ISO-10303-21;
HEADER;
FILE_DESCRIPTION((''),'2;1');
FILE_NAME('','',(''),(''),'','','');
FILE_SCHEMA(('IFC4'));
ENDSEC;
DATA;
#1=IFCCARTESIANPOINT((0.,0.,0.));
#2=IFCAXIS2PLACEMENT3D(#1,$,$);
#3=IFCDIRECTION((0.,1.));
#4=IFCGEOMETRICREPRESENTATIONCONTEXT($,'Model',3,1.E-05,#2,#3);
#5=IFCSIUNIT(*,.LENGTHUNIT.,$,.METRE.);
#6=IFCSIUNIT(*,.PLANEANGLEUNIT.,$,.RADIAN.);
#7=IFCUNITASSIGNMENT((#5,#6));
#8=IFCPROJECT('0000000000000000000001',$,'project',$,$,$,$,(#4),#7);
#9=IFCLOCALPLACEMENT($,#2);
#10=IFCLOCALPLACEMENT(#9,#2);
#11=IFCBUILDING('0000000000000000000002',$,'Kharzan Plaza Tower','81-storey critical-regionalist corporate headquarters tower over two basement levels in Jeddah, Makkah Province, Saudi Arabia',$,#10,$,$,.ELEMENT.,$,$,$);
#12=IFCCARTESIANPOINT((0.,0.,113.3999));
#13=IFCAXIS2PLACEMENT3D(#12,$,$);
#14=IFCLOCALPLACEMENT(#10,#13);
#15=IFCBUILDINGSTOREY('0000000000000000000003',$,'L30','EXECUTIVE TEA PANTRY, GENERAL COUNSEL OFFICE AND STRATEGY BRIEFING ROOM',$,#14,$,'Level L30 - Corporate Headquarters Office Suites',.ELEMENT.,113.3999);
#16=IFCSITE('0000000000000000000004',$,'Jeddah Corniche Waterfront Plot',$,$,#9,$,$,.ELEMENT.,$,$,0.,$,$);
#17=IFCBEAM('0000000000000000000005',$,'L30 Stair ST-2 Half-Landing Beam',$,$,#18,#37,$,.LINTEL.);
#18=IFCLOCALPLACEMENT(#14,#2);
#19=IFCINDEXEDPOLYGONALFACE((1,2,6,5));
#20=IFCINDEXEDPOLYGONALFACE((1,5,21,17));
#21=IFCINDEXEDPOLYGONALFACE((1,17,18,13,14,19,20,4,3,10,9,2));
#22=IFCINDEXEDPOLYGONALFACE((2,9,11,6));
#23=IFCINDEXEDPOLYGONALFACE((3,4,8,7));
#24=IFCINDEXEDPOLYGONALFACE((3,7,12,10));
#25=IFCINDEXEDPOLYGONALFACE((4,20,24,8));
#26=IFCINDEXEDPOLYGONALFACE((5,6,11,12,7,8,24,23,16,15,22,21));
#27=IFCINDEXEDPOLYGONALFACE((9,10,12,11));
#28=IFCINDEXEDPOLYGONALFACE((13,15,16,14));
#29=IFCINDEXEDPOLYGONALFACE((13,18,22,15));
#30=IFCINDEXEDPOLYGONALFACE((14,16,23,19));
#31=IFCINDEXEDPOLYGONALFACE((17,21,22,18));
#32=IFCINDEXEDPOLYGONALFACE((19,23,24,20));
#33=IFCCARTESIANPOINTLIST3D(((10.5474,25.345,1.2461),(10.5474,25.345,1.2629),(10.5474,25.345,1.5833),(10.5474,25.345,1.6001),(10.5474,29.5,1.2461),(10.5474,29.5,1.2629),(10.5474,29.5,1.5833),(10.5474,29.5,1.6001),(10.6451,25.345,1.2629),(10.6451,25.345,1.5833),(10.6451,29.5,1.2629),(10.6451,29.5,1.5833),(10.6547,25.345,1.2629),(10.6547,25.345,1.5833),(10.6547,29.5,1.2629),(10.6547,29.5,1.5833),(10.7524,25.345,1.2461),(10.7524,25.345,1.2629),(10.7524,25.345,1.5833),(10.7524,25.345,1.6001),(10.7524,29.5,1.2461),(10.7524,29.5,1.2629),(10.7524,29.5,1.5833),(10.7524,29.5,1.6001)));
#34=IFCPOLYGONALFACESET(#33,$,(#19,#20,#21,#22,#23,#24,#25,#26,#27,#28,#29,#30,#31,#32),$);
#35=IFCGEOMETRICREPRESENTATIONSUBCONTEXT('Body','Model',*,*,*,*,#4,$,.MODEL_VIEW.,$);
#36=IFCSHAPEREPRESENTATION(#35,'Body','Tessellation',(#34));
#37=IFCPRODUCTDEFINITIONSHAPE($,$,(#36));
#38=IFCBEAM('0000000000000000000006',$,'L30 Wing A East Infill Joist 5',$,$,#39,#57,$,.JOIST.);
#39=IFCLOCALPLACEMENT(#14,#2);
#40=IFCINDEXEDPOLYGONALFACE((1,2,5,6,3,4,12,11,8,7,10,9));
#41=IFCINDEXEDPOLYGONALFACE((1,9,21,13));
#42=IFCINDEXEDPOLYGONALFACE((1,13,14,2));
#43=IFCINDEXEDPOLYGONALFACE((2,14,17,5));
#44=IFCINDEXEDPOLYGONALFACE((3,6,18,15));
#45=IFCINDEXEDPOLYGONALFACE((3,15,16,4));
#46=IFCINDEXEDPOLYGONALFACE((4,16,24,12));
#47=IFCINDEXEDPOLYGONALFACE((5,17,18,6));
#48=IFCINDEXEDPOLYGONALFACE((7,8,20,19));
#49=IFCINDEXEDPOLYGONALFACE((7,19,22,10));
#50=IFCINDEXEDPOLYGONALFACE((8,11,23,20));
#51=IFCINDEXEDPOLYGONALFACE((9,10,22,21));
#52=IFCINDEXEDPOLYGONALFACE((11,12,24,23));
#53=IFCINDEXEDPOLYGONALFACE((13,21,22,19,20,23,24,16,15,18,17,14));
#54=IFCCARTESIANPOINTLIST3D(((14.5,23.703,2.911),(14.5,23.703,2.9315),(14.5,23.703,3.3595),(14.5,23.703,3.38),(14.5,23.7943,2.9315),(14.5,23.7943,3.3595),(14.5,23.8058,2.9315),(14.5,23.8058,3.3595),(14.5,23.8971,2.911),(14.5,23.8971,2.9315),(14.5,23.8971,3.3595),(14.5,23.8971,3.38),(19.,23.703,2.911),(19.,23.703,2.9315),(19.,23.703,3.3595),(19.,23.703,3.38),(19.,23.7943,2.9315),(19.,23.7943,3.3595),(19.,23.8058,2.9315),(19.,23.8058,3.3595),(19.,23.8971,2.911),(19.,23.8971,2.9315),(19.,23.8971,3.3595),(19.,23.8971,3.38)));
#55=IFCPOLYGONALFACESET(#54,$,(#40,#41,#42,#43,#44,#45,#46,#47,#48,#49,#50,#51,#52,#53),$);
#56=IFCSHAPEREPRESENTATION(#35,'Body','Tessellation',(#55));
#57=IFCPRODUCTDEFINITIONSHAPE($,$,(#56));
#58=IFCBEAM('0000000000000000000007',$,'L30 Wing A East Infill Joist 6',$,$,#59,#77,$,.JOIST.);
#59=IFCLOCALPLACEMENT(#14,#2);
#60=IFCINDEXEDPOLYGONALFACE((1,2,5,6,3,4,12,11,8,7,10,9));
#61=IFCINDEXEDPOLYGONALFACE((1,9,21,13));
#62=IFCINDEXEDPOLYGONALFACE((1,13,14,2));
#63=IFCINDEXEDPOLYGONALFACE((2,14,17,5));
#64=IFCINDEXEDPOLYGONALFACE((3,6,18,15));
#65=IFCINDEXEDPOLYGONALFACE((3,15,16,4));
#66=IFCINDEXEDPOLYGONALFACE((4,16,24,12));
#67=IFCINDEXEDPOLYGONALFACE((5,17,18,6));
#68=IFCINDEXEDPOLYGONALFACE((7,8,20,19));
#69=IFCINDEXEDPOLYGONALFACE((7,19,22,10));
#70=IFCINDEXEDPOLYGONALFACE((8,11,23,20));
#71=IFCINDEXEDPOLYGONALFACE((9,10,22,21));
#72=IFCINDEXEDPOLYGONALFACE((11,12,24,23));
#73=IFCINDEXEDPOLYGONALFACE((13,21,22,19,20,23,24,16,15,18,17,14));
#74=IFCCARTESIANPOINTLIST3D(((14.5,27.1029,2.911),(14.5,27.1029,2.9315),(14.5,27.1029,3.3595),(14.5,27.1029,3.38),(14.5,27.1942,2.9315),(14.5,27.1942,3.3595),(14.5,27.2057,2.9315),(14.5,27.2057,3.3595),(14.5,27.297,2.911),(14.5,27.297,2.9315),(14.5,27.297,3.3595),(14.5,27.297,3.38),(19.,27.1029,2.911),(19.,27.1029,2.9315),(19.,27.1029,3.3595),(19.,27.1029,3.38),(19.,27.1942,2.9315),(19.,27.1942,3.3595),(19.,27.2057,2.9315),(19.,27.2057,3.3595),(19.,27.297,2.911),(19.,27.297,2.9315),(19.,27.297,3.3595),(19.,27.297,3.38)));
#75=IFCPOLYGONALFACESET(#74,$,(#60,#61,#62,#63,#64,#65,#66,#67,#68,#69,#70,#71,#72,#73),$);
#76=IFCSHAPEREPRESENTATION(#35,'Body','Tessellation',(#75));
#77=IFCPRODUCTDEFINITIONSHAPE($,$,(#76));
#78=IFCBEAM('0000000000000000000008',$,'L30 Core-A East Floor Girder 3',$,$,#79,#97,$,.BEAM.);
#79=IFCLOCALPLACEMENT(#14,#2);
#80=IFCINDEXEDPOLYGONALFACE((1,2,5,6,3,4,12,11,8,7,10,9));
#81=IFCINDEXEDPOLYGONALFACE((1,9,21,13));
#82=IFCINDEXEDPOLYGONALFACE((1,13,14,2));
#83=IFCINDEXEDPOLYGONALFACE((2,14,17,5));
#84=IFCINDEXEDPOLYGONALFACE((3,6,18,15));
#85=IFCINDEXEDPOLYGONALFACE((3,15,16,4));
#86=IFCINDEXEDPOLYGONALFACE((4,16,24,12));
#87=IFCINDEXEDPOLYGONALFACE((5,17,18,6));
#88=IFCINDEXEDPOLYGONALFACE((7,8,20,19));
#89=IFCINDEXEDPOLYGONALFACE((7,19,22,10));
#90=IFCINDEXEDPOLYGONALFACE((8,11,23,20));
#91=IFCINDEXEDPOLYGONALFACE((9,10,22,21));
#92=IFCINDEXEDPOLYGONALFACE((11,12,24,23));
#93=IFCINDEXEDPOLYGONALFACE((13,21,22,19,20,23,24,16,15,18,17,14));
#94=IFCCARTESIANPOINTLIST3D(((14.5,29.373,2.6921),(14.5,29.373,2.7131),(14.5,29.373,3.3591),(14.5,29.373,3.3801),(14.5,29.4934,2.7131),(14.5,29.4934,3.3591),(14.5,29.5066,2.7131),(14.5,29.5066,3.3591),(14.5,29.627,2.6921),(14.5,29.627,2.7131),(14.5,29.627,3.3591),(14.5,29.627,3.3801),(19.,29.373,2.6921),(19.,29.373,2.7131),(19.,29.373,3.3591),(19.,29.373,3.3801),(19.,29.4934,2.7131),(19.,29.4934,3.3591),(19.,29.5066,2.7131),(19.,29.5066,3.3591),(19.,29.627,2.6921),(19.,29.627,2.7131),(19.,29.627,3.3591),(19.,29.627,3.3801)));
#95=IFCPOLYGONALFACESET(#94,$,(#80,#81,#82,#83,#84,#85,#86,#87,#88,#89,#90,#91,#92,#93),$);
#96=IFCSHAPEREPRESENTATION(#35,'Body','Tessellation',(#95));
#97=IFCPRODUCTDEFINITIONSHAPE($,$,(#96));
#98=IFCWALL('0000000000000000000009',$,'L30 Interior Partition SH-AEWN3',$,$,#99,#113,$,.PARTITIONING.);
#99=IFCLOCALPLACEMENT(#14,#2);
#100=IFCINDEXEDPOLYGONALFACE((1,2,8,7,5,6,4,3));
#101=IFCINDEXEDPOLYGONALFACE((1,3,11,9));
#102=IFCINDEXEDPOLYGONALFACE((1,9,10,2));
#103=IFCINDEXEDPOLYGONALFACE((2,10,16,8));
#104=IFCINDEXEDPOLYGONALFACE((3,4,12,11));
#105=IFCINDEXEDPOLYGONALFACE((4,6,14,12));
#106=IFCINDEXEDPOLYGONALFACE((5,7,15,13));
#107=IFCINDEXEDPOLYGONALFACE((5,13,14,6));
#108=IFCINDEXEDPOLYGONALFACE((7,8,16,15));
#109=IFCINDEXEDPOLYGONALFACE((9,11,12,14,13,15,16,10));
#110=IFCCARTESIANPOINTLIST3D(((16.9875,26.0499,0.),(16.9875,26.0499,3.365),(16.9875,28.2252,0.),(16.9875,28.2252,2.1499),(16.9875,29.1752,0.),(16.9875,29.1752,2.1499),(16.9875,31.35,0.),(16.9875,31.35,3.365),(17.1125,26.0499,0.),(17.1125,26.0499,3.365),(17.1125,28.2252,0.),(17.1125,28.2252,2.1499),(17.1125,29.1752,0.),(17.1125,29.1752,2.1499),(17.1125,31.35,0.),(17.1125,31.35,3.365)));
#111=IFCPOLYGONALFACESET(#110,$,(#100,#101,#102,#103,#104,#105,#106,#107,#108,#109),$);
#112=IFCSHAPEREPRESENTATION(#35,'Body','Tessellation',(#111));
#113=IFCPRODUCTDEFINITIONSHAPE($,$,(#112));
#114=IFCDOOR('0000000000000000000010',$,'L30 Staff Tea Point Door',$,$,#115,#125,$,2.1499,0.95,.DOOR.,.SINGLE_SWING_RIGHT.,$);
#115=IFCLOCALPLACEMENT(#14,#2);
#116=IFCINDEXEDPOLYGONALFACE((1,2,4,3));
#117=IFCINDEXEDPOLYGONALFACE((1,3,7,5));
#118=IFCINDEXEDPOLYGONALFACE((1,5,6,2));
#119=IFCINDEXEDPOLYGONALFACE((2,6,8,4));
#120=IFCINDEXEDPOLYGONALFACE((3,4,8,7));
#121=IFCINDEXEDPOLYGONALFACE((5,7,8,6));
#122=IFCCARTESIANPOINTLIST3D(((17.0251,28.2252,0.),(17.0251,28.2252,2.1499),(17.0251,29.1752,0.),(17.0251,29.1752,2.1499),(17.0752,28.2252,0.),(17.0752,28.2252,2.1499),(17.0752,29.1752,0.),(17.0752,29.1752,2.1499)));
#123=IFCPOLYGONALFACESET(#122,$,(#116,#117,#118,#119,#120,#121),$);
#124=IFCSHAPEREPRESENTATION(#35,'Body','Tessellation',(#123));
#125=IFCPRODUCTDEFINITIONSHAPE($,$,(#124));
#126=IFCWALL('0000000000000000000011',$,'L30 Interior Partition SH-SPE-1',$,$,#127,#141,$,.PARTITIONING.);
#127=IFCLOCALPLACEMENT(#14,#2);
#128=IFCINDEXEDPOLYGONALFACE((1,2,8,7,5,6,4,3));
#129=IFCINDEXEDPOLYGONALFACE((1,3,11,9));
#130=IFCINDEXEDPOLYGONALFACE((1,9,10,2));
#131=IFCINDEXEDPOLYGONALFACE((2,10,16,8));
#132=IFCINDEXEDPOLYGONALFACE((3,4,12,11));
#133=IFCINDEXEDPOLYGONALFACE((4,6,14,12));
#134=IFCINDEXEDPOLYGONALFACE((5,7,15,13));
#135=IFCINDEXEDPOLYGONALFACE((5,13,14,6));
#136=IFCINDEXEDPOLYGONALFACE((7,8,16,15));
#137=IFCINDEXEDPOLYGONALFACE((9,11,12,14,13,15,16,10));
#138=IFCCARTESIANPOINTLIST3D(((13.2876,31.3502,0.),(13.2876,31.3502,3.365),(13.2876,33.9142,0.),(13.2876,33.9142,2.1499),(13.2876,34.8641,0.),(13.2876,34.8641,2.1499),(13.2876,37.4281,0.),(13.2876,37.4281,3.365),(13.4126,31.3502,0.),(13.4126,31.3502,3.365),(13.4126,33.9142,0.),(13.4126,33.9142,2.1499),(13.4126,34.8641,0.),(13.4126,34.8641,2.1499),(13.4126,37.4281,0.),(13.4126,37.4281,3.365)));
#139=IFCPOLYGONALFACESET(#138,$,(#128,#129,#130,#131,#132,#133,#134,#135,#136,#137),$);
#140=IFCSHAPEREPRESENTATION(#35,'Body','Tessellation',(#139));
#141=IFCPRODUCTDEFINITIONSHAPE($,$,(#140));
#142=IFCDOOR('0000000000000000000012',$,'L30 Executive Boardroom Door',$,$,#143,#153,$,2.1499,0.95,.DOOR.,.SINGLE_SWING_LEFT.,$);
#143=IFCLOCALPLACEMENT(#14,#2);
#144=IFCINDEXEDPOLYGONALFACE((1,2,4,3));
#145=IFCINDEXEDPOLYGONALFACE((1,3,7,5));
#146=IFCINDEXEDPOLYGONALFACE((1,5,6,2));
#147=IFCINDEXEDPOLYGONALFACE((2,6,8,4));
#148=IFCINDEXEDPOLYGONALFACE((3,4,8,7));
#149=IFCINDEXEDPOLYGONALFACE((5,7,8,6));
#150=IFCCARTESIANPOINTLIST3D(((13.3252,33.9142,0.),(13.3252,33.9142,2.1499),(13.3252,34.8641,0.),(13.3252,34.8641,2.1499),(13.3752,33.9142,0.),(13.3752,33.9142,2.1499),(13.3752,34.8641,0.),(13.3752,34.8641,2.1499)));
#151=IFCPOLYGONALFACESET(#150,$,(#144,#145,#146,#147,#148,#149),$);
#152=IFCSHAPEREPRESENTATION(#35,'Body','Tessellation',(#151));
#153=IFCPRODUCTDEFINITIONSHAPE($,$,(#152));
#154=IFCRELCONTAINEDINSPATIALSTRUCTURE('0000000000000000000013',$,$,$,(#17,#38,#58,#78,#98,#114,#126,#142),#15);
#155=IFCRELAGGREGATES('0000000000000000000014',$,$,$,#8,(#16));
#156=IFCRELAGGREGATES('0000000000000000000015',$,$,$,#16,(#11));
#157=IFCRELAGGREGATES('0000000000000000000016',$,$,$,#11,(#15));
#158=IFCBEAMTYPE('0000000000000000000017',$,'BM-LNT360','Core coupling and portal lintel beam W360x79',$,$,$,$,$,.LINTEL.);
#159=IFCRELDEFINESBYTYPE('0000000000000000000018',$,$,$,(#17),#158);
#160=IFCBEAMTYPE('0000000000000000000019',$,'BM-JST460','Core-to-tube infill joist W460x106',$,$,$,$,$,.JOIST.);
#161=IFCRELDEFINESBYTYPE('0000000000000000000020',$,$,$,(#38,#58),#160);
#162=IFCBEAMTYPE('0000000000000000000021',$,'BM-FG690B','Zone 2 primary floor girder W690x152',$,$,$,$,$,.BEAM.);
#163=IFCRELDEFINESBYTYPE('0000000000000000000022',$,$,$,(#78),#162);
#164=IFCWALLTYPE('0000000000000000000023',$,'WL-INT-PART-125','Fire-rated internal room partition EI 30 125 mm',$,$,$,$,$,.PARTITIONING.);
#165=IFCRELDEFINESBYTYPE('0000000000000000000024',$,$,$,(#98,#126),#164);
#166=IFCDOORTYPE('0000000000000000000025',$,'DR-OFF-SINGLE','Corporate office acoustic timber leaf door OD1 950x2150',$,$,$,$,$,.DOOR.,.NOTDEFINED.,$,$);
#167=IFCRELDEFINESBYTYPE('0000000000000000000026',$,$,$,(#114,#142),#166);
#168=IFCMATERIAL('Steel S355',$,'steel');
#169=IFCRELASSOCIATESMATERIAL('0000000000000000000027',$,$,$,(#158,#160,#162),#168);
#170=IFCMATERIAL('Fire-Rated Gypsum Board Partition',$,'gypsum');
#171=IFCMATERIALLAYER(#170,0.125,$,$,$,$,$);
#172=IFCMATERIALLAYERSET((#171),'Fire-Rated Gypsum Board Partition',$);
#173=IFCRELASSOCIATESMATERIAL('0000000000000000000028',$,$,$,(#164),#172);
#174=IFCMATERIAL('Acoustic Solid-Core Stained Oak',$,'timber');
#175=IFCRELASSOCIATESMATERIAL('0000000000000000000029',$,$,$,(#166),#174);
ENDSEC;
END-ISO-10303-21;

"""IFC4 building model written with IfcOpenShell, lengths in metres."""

from ifc_helpers import new_model, si_unit, direction, frame, frame_2d, origin, origin_2d, place, context, subcontext, project, spatial, rectangle, i_section, extrude, source, transform, mapped, material, layer, layer_set, material_profile, profile_set, type_object, element, fill, save


model = new_model("IFC4")

# Units and contexts
model_context = context("Model", 3, precision=1e-05, world=origin(), true_north=direction((0.0, 1.0)))
body_context = subcontext(model_context, "Body", "Model", "MODEL_VIEW")
ifc_project = project(units=[si_unit("LENGTHUNIT", "METRE"), si_unit("PLANEANGLEUNIT", "RADIAN")], contexts=[model_context])

# Site, building, storey
site_placement = place(None, origin())
site = spatial("IfcSite", under=ifc_project, at=site_placement, Name="Jeddah Corniche Waterfront Plot", CompositionType="ELEMENT", RefElevation=0.0)
building_placement = place(site_placement, origin())
building = spatial("IfcBuilding", under=site, at=building_placement, Name="Kharzan Plaza Tower", Description="81-storey critical-regionalist corporate headquarters tower over two basement levels in Jeddah, Makkah Province, Saudi Arabia", CompositionType="ELEMENT")
storey_placement = place(building_placement, frame((0.0, 0.0, 113.3999)))
storey = spatial("IfcBuildingStorey", under=building, at=storey_placement, Name="L30", Description="EXECUTIVE TEA PANTRY, GENERAL COUNSEL OFFICE AND STRATEGY BRIEFING ROOM", LongName="Level L30 - Corporate Headquarters Office Suites", CompositionType="ELEMENT", Elevation=113.3999)

# Beams
ifc_material_1 = material(Name="Steel S355", Category="steel")
ifc_material_profile_1 = material_profile(ifc_material_1, i_section(OverallWidth=0.2051, OverallDepth=0.354, WebThickness=0.0095, FlangeThickness=0.0168, at=origin_2d()), Name="W360x79")
ifc_profile_set_1 = profile_set([ifc_material_profile_1], Name="Steel S355")
beam_type_1 = type_object("IfcBeamType", Name="BM-LNT360", Description="Core coupling and portal lintel beam W360x79", PredefinedType="LINTEL", material=ifc_profile_set_1)
shared_shape_1 = source(origin(), body_context, "Body", "SweptSolid", [
    extrude(i_section(OverallWidth=0.2051, OverallDepth=0.354, WebThickness=0.0095, FlangeThickness=0.0168, at=origin_2d()), origin(), (0.0, 0.0, 1.0), 4.155),
])
beam_1_placement = place(storey_placement, frame((10.6499, 25.345, 1.4231), z_axis=(0.0, 1.0, 0.0), x_axis=(-1.0, 0.0, 0.0)))
element("IfcBeam", 1, at=beam_1_placement, inside=storey, type_object=beam_type_1, Name="L30 Stair ST-2 Half-Landing Beam", PredefinedType="LINTEL", context=body_context, shape_type="MappedRepresentation", body=[
    mapped(shared_shape_1, transform((0.0, 0.0, 0.0), x_axis=(1.0, 0.0, 0.0), y_axis=(0.0, 1.0, 0.0), z_axis=(0.0, 0.0, 1.0))),
])
ifc_material_profile_2 = material_profile(ifc_material_1, i_section(OverallWidth=0.1941, OverallDepth=0.469, WebThickness=0.0115, FlangeThickness=0.0205, at=origin_2d()), Name="W460x106")
ifc_profile_set_2 = profile_set([ifc_material_profile_2], Name="Steel S355")
beam_type_2 = type_object("IfcBeamType", Name="BM-JST460", Description="Core-to-tube infill joist W460x106", PredefinedType="JOIST", material=ifc_profile_set_2)
shared_shape_2 = source(origin(), body_context, "Body", "SweptSolid", [
    extrude(i_section(OverallWidth=0.1941, OverallDepth=0.469, WebThickness=0.0115, FlangeThickness=0.0205, at=origin_2d()), origin(), (0.0, 0.0, 1.0), 4.5),
])
for number, where, z_axis, x_axis, name in (
    (2, (14.5, 23.8, 3.1455), (1.0, 0.0, 0.0), (0.0, 1.0, 0.0), "L30 Wing A East Infill Joist 5"),
    (3, (14.5, 27.2, 3.1455), (1.0, 0.0, 0.0), (0.0, 1.0, 0.0), "L30 Wing A East Infill Joist 6"),
):
    element("IfcBeam", number, at=place(storey_placement, frame(where, z_axis=z_axis, x_axis=x_axis)), inside=storey, type_object=beam_type_2, Name=name, PredefinedType="JOIST", context=body_context, shape_type="MappedRepresentation", body=[
        mapped(shared_shape_2, transform((0.0, 0.0, 0.0), x_axis=(1.0, 0.0, 0.0), y_axis=(0.0, 1.0, 0.0), z_axis=(0.0, 0.0, 1.0))),
    ])
ifc_material_profile_3 = material_profile(ifc_material_1, i_section(OverallWidth=0.2539, OverallDepth=0.688, WebThickness=0.0132, FlangeThickness=0.021, at=origin_2d()), Name="W690x152")
ifc_profile_set_3 = profile_set([ifc_material_profile_3], Name="Steel S355")
beam_type_3 = type_object("IfcBeamType", Name="BM-FG690B", Description="Zone 2 primary floor girder W690x152", PredefinedType="BEAM", material=ifc_profile_set_3)
shared_shape_3 = source(origin(), body_context, "Body", "SweptSolid", [
    extrude(i_section(OverallWidth=0.2539, OverallDepth=0.688, WebThickness=0.0132, FlangeThickness=0.021, at=origin_2d()), origin(), (0.0, 0.0, 1.0), 4.5),
])
beam_2_placement = place(storey_placement, frame((14.5, 29.5, 3.0361), z_axis=(1.0, 0.0, 0.0), x_axis=(0.0, 1.0, 0.0)))
element("IfcBeam", 4, at=beam_2_placement, inside=storey, type_object=beam_type_3, Name="L30 Core-A East Floor Girder 3", PredefinedType="BEAM", context=body_context, shape_type="MappedRepresentation", body=[
    mapped(shared_shape_3, transform((0.0, 0.0, 0.0), x_axis=(1.0, 0.0, 0.0), y_axis=(0.0, 1.0, 0.0), z_axis=(0.0, 0.0, 1.0))),
])

# Walls, openings, doors
ifc_material_2 = material(Name="Fire-Rated Gypsum Board Partition", Category="gypsum")
ifc_layer_1 = layer(ifc_material_2, 0.125)
ifc_layer_set_1 = layer_set([ifc_layer_1], Name="Fire-Rated Gypsum Board Partition")
wall_type_1 = type_object("IfcWallType", Name="WL-INT-PART-125", Description="Fire-rated internal room partition EI 30 125 mm", PredefinedType="PARTITIONING", material=ifc_layer_set_1)
wall_1_placement = place(storey_placement, frame((17.05, 26.05, 0.0), z_axis=(0.0, 0.0, 1.0), x_axis=(0.0, 1.0, 0.0)))
wall_1 = element("IfcWall", 5, at=wall_1_placement, inside=storey, type_object=wall_type_1, Name="L30 Interior Partition SH-AEWN3", PredefinedType="PARTITIONING", context=body_context, shape_type="SweptSolid", body=[
    extrude(rectangle(XDim=5.3, YDim=0.125, at=frame_2d((2.6499, 0.0))), origin(), (0.0, 0.0, 1.0), 3.365),
])
opening_1_placement = place(wall_1_placement, frame((2.175, 0.0, 0.0)))
opening_1 = element("IfcOpeningElement", 6, at=opening_1_placement, cuts=wall_1, PredefinedType="OPENING", context=body_context, shape_type="SweptSolid", body=[
    extrude(rectangle(XDim=0.95, YDim=2.1499, at=frame_2d((0.4751, 1.075))), frame((0.0, 0.0725, 0.0), z_axis=(0.0, -1.0, 0.0), x_axis=(1.0, 0.0, 0.0)), (0.0, 0.0, 1.0), 0.145),
])
ifc_material_3 = material(Name="Acoustic Solid-Core Stained Oak", Category="timber")
door_type_1 = type_object("IfcDoorType", Name="DR-OFF-SINGLE", Description="Corporate office acoustic timber leaf door OD1 950x2150", OperationType="NOTDEFINED", PredefinedType="DOOR", material=ifc_material_3)
shared_shape_4 = source(origin(), body_context, "Body", "SweptSolid", [
    extrude(rectangle(XDim=0.95, YDim=2.1499, at=frame_2d((0.4751, 1.075))), frame((0.0, 0.0249, 0.0), z_axis=(0.0, -1.0, 0.0), x_axis=(1.0, 0.0, 0.0)), (0.0, 0.0, 1.0), 0.05),
])
door_1_placement = place(opening_1_placement, origin())
door_1 = element("IfcDoor", 7, at=door_1_placement, inside=storey, type_object=door_type_1, Name="L30 Staff Tea Point Door", OperationType="SINGLE_SWING_RIGHT", OverallHeight=2.1499, OverallWidth=0.95, PredefinedType="DOOR", context=body_context, shape_type="MappedRepresentation", body=[
    mapped(shared_shape_4, transform((0.0, 0.0, 0.0), x_axis=(1.0, 0.0, 0.0), y_axis=(0.0, 1.0, 0.0), z_axis=(0.0, 0.0, 1.0))),
])
fill(opening_1, door_1)
wall_2_placement = place(storey_placement, frame((13.3501, 31.3501, 0.0), z_axis=(0.0, 0.0, 1.0), x_axis=(0.0, 1.0, 0.0)))
wall_2 = element("IfcWall", 8, at=wall_2_placement, inside=storey, type_object=wall_type_1, Name="L30 Interior Partition SH-SPE-1", PredefinedType="PARTITIONING", context=body_context, shape_type="SweptSolid", body=[
    extrude(rectangle(XDim=6.0779, YDim=0.125, at=frame_2d((3.0391, 0.0))), origin(), (0.0, 0.0, 1.0), 3.365),
])
opening_2_placement = place(wall_2_placement, frame((2.564, 0.0, 0.0)))
opening_2 = element("IfcOpeningElement", 9, at=opening_2_placement, cuts=wall_2, PredefinedType="OPENING", context=body_context, shape_type="SweptSolid", body=[
    extrude(rectangle(XDim=0.95, YDim=2.1499, at=frame_2d((0.4751, 1.075))), frame((0.0, 0.0725, 0.0), z_axis=(0.0, -1.0, 0.0), x_axis=(1.0, 0.0, 0.0)), (0.0, 0.0, 1.0), 0.145),
])
door_2_placement = place(opening_2_placement, origin())
door_2 = element("IfcDoor", 10, at=door_2_placement, inside=storey, type_object=door_type_1, Name="L30 Executive Boardroom Door", OperationType="SINGLE_SWING_LEFT", OverallHeight=2.1499, OverallWidth=0.95, PredefinedType="DOOR", context=body_context, shape_type="MappedRepresentation", body=[
    mapped(shared_shape_4, transform((0.0, 0.0, 0.0), x_axis=(1.0, 0.0, 0.0), y_axis=(0.0, 1.0, 0.0), z_axis=(0.0, 0.0, 1.0))),
])
fill(opening_2, door_2)

save(model, "model.ifc")
